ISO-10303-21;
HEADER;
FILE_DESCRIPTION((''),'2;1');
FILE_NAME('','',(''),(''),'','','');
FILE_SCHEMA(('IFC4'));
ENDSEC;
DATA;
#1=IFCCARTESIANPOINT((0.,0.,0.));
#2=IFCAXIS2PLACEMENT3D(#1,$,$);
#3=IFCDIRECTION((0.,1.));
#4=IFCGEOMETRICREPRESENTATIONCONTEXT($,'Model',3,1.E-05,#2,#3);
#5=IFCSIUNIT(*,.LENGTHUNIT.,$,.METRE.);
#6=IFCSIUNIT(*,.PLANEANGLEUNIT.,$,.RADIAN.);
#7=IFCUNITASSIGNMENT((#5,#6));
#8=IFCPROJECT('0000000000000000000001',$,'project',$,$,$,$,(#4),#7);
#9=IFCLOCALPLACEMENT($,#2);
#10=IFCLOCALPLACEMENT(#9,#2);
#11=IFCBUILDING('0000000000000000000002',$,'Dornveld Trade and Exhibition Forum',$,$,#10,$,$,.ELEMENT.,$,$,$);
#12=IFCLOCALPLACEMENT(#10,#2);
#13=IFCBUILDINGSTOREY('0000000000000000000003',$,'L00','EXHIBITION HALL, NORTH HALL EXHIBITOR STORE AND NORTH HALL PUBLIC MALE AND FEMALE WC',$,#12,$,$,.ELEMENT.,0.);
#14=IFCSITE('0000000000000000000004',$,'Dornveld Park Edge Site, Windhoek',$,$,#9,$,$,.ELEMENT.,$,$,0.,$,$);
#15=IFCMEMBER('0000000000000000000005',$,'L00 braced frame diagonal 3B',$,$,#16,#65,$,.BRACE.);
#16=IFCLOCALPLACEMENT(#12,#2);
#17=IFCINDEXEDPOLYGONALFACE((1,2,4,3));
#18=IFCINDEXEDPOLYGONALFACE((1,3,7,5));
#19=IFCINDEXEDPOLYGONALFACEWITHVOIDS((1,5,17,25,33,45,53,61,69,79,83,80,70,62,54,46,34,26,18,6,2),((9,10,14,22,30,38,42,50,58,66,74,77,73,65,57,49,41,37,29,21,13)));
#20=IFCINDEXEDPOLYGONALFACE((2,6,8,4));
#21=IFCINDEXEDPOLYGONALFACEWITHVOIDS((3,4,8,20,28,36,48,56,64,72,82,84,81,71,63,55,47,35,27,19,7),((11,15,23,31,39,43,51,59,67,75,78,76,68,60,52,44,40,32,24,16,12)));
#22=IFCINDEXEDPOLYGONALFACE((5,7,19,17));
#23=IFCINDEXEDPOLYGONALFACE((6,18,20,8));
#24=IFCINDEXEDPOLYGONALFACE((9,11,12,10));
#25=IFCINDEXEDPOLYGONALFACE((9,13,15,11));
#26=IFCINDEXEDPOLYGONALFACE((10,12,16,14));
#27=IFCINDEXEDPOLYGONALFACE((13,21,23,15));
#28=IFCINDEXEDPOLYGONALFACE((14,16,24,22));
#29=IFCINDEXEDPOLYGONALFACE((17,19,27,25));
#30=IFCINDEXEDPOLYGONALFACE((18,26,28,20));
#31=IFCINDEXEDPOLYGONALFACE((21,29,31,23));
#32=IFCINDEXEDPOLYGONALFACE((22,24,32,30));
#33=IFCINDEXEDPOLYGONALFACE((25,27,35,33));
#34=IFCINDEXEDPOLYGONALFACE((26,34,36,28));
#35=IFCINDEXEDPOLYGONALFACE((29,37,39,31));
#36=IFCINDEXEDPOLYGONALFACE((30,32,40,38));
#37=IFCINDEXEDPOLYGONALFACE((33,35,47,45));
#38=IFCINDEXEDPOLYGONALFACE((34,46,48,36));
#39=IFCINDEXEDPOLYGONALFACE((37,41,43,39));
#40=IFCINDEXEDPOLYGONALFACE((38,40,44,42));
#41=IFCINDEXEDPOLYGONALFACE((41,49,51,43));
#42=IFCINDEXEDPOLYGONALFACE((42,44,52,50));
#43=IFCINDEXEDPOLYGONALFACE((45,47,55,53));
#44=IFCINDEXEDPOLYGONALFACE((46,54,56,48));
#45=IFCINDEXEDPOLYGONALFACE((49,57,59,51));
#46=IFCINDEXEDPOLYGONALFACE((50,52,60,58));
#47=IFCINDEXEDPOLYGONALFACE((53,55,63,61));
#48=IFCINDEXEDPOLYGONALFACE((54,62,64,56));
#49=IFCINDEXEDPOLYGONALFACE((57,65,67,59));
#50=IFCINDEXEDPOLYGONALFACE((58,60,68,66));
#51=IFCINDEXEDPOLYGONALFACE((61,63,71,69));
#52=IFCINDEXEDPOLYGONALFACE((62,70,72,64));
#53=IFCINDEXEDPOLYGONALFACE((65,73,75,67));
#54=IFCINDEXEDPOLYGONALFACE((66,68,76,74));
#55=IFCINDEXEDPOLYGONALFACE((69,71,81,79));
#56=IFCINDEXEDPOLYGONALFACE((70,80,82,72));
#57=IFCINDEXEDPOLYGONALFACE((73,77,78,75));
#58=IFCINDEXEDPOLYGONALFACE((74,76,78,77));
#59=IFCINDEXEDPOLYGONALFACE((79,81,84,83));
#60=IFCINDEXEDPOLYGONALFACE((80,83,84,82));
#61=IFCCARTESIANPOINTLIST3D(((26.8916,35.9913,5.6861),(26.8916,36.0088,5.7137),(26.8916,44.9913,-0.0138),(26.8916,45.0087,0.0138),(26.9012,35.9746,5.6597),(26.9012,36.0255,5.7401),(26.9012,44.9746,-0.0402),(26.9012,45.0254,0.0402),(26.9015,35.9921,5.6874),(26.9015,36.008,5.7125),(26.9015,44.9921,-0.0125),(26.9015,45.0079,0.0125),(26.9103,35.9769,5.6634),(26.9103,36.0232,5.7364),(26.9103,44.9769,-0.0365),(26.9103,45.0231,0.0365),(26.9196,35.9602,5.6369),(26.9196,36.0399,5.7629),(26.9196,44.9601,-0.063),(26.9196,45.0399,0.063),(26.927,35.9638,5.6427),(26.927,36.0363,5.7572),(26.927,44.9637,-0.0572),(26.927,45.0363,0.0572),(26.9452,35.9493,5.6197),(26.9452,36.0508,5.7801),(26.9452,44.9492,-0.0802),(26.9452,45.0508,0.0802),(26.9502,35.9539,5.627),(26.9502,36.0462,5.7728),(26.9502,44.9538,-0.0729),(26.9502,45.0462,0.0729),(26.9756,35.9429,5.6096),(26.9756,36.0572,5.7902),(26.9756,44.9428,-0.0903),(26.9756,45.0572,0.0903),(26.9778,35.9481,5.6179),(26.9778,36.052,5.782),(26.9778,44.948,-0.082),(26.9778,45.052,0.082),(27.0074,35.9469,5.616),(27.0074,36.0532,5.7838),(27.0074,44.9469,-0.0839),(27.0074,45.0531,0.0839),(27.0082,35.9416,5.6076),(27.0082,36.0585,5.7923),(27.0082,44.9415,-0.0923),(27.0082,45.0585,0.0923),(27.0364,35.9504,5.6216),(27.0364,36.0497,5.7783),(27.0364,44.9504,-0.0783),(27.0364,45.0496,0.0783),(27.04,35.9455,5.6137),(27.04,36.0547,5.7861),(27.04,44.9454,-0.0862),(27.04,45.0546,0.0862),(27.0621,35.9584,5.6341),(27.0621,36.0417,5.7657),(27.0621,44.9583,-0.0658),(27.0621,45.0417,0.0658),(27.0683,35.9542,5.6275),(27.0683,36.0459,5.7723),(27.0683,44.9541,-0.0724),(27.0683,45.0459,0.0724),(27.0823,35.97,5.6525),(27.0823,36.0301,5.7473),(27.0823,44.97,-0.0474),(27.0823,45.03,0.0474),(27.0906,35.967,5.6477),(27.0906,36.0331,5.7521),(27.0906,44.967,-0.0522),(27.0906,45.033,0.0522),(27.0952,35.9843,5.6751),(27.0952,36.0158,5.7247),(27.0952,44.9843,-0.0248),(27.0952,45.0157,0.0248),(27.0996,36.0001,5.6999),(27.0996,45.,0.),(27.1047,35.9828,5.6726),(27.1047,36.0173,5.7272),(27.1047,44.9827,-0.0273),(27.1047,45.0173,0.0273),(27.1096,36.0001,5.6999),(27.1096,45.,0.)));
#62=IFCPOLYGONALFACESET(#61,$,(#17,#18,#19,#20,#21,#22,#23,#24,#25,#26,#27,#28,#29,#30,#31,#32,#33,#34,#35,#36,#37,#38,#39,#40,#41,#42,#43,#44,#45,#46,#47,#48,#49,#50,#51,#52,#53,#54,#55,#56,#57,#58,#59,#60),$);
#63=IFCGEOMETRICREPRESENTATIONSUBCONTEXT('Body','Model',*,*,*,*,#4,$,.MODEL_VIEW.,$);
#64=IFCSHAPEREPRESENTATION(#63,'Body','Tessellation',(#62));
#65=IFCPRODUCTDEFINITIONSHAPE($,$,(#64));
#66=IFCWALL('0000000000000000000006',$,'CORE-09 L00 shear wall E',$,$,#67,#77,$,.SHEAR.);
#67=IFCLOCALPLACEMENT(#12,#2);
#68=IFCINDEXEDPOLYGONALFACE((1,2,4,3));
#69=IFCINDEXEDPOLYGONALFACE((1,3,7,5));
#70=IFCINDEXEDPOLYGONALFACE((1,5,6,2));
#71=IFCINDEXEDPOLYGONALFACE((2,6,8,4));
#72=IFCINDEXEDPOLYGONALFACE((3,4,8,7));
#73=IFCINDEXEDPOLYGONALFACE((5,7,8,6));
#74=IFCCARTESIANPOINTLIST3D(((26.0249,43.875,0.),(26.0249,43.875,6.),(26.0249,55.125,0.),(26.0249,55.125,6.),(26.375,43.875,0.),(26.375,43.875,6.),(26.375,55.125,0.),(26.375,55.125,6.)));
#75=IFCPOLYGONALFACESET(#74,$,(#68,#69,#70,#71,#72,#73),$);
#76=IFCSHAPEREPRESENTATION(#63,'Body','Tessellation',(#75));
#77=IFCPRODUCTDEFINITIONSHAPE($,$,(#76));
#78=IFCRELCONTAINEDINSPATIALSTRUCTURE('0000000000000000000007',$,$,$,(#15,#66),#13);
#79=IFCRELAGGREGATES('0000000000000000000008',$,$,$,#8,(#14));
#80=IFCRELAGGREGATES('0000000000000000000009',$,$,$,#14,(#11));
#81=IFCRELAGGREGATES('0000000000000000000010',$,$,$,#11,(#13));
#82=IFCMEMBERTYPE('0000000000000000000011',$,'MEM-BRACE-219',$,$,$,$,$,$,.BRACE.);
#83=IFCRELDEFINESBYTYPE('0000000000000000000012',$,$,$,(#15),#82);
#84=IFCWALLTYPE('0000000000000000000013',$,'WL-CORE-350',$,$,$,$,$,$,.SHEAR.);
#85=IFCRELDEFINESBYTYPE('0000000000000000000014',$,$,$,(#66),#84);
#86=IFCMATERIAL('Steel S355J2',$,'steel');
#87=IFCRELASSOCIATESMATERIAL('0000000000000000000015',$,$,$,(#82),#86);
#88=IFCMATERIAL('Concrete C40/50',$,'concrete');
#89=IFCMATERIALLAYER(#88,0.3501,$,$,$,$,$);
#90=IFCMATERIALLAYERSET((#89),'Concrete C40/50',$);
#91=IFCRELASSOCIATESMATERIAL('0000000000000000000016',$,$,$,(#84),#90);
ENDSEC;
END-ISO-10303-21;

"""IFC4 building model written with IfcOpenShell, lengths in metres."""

from ifc_helpers import new_model, si_unit, direction, frame, frame_2d, origin, origin_2d, place, context, subcontext, project, spatial, rectangle, hollow_circle, extrude, material, layer, layer_set, material_profile, profile_set, type_object, element, save


model = new_model("IFC4")

# Units and contexts
model_context = context("Model", 3, precision=1e-05, world=origin(), true_north=direction((0.0, 1.0)))
body_context = subcontext(model_context, "Body", "Model", "MODEL_VIEW")
ifc_project = project(units=[si_unit("LENGTHUNIT", "METRE"), si_unit("PLANEANGLEUNIT", "RADIAN")], contexts=[model_context])

# Site, building, storey
site_placement = place(None, origin())
site = spatial("IfcSite", under=ifc_project, at=site_placement, Name="Dornveld Park Edge Site, Windhoek", CompositionType="ELEMENT", RefElevation=0.0)
building_placement = place(site_placement, origin())
building = spatial("IfcBuilding", under=site, at=building_placement, Name="Dornveld Trade and Exhibition Forum", CompositionType="ELEMENT")
storey_placement = place(building_placement, origin())
storey = spatial("IfcBuildingStorey", under=building, at=storey_placement, Name="L00", Description="EXHIBITION HALL, NORTH HALL EXHIBITOR STORE AND NORTH HALL PUBLIC MALE AND FEMALE WC", CompositionType="ELEMENT", Elevation=0.0)

# Member
ifc_material_1 = material(Name="Steel S355J2", Category="steel")
ifc_material_profile_1 = material_profile(ifc_material_1, hollow_circle(Radius=0.1096, WallThickness=0.01, at=origin_2d()), Name="CHS 219.1x10")
ifc_profile_set_1 = profile_set([ifc_material_profile_1], Name="Steel S355J2")
member_type = type_object("IfcMemberType", Name="MEM-BRACE-219", PredefinedType="BRACE", material=ifc_profile_set_1)
for number, where, z_axis, x_axis, name in (
    (1, (27.0, 45.0, 0.0), (0.0, -0.844821, 0.535049), (1.0, 0.0, 0.0), "L00 braced frame diagonal 3B"),
):
    element("IfcMember", number, at=place(storey_placement, frame(where, z_axis=z_axis, x_axis=x_axis)), inside=storey, type_object=member_type, Name=name, PredefinedType="BRACE", context=body_context, shape_type="SweptSolid", body=[
        extrude(hollow_circle(Radius=0.1096, WallThickness=0.01, at=origin_2d()), origin(), (0.0, 0.0, 1.0), 10.6531),
    ])

# Wall
ifc_material_2 = material(Name="Concrete C40/50", Category="concrete")
ifc_layer = layer(ifc_material_2, 0.3501)
ifc_layer_set = layer_set([ifc_layer], Name="Concrete C40/50")
wall_type = type_object("IfcWallType", Name="WL-CORE-350", PredefinedType="SHEAR", material=ifc_layer_set)
wall_placement = place(storey_placement, frame((26.2, 43.875, 0.0), z_axis=(0.0, 0.0, 1.0), x_axis=(0.0, 1.0, 0.0)))
element("IfcWall", 2, at=wall_placement, inside=storey, type_object=wall_type, Name="CORE-09 L00 shear wall E", PredefinedType="SHEAR", context=body_context, shape_type="SweptSolid", body=[
    extrude(rectangle(XDim=11.25, YDim=0.3501, at=frame_2d((5.625, 0.0))), origin(), (0.0, 0.0, 1.0), 6.0),
])

save(model, "model.ifc")
